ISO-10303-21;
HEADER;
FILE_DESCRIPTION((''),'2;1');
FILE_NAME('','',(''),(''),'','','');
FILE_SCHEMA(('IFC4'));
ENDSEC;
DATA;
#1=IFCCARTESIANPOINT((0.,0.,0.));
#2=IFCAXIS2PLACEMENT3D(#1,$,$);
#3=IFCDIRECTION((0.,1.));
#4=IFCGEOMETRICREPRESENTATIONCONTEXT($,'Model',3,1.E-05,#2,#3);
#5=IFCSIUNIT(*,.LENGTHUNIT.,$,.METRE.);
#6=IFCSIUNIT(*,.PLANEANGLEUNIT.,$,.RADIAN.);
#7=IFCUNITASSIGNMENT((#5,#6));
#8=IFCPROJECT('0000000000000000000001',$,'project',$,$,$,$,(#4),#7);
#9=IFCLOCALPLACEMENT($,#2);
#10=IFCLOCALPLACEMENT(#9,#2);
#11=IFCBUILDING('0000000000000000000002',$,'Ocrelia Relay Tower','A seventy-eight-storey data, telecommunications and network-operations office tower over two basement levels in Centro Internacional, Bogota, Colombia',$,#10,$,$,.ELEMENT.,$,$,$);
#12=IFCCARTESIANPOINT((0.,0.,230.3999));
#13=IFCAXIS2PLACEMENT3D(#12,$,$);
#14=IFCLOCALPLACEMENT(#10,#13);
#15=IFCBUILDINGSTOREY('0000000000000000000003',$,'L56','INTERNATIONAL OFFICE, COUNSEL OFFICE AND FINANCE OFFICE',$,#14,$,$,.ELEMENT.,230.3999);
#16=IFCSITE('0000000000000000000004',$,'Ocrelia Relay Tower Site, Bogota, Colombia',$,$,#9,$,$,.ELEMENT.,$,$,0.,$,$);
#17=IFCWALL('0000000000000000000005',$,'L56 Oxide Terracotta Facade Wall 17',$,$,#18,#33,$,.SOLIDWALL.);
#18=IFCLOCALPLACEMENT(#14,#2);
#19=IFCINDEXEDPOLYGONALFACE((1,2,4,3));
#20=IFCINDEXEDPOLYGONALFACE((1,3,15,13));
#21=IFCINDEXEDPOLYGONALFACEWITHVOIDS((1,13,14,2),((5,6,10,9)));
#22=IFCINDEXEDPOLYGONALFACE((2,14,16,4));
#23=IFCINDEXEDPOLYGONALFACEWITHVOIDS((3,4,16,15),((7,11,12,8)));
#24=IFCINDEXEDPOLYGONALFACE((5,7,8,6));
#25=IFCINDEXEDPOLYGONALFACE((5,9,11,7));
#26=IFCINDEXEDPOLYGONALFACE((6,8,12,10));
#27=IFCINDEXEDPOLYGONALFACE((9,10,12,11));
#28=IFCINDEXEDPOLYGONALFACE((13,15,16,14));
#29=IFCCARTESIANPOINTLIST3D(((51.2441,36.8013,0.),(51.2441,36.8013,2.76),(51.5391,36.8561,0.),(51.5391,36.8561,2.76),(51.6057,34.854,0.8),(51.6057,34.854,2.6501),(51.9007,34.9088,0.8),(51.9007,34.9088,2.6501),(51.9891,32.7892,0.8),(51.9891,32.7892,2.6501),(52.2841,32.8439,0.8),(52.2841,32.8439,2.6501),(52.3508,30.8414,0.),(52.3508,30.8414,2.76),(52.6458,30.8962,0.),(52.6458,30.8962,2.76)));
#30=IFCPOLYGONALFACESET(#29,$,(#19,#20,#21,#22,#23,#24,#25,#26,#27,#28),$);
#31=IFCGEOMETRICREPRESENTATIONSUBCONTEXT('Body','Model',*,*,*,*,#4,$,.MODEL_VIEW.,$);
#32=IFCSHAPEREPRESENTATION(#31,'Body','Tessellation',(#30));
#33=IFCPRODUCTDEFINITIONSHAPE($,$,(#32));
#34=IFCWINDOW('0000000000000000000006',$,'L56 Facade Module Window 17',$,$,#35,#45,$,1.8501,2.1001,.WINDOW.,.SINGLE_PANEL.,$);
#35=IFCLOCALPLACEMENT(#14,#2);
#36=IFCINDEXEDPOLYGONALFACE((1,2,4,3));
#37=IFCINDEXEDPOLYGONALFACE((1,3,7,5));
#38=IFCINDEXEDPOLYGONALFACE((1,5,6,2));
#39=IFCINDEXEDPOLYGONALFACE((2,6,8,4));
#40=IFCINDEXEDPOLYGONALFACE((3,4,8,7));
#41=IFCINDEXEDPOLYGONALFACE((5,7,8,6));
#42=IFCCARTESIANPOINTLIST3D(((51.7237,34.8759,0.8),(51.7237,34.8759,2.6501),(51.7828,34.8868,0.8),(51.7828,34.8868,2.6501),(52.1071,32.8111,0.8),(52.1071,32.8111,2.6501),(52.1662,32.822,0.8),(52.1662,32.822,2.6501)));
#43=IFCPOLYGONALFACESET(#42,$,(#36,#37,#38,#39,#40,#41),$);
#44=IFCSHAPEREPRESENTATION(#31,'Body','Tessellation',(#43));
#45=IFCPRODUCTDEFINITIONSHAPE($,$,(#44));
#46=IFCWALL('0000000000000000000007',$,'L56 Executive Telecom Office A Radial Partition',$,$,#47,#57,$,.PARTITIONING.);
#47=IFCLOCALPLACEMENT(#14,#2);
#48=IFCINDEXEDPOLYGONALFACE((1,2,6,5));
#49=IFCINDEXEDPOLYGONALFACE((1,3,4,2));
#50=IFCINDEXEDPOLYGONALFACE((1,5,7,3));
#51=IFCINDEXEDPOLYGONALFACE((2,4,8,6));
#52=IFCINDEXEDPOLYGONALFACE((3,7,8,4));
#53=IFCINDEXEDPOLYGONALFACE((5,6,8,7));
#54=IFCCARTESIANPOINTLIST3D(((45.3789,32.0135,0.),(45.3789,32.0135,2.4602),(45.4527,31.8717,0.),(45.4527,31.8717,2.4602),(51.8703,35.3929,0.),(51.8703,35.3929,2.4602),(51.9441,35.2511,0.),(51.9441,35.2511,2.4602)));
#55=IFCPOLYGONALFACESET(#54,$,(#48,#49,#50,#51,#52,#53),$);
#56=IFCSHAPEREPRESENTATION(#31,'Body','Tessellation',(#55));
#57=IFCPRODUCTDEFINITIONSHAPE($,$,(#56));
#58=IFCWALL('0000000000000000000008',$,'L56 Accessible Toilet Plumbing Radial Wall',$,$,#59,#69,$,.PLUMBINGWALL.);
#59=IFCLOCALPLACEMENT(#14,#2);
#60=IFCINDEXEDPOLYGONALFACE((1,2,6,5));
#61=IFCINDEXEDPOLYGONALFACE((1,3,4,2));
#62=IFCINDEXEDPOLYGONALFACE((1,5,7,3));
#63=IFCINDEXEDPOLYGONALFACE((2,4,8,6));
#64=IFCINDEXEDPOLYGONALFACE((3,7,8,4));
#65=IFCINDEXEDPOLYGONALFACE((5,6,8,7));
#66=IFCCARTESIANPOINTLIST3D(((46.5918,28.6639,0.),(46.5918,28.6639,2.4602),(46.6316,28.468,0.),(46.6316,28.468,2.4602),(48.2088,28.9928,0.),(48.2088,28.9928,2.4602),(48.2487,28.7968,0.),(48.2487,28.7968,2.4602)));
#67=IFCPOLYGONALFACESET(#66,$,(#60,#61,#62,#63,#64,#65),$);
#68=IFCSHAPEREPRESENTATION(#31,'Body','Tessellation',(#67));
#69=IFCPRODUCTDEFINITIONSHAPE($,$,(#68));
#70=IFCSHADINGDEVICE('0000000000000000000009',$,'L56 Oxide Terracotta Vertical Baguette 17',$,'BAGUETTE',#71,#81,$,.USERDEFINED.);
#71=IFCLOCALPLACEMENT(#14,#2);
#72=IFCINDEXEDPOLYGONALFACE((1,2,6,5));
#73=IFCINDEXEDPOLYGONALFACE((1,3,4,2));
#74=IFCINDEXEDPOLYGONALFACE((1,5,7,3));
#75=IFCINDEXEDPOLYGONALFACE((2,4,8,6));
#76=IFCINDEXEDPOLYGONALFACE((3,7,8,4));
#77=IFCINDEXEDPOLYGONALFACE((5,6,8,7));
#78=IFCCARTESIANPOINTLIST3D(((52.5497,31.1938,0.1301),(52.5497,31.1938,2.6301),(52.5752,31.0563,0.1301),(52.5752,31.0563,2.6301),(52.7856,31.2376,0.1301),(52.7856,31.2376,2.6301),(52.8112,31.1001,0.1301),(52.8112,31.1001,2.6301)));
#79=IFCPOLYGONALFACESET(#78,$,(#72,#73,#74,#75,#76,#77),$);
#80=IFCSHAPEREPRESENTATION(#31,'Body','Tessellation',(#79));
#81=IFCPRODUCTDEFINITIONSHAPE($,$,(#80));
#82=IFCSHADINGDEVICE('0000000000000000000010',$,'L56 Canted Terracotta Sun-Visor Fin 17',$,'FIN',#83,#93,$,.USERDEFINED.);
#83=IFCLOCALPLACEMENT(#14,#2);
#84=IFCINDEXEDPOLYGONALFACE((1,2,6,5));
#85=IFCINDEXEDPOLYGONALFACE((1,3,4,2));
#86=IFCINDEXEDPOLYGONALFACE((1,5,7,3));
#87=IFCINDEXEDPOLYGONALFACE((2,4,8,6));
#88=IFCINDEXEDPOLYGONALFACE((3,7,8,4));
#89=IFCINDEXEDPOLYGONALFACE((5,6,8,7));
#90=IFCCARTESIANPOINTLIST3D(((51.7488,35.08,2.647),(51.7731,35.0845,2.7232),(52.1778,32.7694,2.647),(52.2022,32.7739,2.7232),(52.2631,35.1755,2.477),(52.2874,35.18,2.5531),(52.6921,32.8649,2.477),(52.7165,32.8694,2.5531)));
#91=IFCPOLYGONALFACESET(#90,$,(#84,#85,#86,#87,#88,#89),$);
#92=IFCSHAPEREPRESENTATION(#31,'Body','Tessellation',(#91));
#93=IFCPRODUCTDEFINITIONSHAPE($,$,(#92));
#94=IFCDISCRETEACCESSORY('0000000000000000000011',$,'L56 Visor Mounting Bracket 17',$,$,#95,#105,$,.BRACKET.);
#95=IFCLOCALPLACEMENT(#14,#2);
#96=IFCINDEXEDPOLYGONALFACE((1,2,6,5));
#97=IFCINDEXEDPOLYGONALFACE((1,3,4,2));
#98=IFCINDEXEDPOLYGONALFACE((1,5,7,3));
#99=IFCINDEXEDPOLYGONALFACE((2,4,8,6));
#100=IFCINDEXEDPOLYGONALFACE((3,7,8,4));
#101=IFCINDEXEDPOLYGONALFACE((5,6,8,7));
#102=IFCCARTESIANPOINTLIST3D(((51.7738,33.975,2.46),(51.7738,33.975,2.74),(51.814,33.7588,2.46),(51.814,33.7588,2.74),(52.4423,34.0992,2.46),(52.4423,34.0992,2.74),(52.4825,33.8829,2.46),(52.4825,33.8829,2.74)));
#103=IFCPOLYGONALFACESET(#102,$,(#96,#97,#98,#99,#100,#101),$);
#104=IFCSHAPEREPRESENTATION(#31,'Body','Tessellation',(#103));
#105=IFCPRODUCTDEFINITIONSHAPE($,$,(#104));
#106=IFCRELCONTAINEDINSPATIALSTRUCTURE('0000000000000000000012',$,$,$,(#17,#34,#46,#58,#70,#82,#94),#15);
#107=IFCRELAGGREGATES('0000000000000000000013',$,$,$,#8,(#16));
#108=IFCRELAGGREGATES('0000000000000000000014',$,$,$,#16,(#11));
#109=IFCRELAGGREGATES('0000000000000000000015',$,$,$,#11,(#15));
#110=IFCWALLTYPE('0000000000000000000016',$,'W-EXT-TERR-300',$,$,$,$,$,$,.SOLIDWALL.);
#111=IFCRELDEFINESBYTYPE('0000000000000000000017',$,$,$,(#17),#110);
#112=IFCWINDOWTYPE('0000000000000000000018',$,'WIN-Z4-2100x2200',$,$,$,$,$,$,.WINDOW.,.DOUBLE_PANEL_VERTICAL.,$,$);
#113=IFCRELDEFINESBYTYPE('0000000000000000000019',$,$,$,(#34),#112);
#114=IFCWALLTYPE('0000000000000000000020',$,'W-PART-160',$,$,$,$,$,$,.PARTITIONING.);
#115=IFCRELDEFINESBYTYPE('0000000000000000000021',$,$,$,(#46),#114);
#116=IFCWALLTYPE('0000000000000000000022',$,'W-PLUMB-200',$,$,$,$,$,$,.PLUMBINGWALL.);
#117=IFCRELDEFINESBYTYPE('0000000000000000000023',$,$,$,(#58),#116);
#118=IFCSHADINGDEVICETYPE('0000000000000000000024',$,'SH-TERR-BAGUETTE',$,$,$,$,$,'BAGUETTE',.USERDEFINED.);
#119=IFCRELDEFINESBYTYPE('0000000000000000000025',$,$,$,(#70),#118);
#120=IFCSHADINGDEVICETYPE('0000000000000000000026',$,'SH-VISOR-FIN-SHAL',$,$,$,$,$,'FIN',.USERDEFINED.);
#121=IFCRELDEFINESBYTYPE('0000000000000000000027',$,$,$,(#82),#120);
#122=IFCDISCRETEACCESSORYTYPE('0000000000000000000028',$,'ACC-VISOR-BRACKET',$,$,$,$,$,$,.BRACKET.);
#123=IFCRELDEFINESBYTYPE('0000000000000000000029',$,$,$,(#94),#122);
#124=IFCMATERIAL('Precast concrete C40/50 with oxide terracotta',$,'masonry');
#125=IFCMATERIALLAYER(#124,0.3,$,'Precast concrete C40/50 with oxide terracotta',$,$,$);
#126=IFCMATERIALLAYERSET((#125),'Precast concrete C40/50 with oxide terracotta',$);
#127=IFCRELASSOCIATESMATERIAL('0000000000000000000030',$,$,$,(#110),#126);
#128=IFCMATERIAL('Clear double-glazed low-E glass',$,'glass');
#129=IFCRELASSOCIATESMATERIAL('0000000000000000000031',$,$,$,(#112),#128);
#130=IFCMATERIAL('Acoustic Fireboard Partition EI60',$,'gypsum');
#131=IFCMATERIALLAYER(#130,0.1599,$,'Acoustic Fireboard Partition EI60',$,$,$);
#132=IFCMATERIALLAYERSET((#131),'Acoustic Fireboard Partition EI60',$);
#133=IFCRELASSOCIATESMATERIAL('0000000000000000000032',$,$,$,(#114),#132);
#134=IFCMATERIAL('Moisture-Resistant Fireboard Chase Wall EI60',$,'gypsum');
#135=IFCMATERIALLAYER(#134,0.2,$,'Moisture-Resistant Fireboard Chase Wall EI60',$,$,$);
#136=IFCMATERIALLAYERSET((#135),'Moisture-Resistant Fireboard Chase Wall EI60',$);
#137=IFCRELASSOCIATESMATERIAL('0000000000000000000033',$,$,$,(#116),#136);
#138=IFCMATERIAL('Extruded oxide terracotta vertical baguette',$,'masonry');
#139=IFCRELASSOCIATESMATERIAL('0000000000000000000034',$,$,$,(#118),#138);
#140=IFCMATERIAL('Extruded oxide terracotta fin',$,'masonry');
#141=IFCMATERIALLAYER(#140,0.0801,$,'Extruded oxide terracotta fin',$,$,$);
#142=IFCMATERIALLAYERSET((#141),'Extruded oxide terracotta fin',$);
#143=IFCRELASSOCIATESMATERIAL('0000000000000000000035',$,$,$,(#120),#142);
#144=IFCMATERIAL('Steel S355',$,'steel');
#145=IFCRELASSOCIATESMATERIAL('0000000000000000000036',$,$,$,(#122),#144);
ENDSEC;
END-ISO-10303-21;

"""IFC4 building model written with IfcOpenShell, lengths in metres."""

from ifc_helpers import new_model, si_unit, direction, frame, frame_2d, origin, origin_2d, place, context, subcontext, project, spatial, rectangle, extrude, material, layer, layer_set, type_object, element, fill, save


model = new_model("IFC4")

# Units and contexts
model_context = context("Model", 3, precision=1e-05, world=origin(), true_north=direction((0.0, 1.0)))
body_context = subcontext(model_context, "Body", "Model", "MODEL_VIEW")
ifc_project = project(units=[si_unit("LENGTHUNIT", "METRE"), si_unit("PLANEANGLEUNIT", "RADIAN")], contexts=[model_context])

# Site, building, storey
site_placement = place(None, origin())
site = spatial("IfcSite", under=ifc_project, at=site_placement, Name="Ocrelia Relay Tower Site, Bogota, Colombia", CompositionType="ELEMENT", RefElevation=0.0)
building_placement = place(site_placement, origin())
building = spatial("IfcBuilding", under=site, at=building_placement, Name="Ocrelia Relay Tower", Description="A seventy-eight-storey data, telecommunications and network-operations office tower over two basement levels in Centro Internacional, Bogota, Colombia", CompositionType="ELEMENT")
storey_placement = place(building_placement, frame((0.0, 0.0, 230.3999)))
storey = spatial("IfcBuildingStorey", under=building, at=storey_placement, Name="L56", Description="INTERNATIONAL OFFICE, COUNSEL OFFICE AND FINANCE OFFICE", CompositionType="ELEMENT", Elevation=230.3999)

# Shared definitions
ifc_material_1 = material(Name="Steel S355", Category="steel")

# Wall, opening, window
ifc_material_2 = material(Name="Precast concrete C40/50 with oxide terracotta", Category="masonry")
ifc_layer_1 = layer(ifc_material_2, 0.3, Name="Precast concrete C40/50 with oxide terracotta")
ifc_layer_set_1 = layer_set([ifc_layer_1], Name="Precast concrete C40/50 with oxide terracotta")
wall_type_1 = type_object("IfcWallType", Name="W-EXT-TERR-300", PredefinedType="SOLIDWALL", material=ifc_layer_set_1)
wall_1_placement = place(storey_placement, frame((52.4983, 30.8689, 0.0), z_axis=(0.0, 0.0, 1.0), x_axis=(-0.182567, 0.983193, 0.0)))
wall_1 = element("IfcWall", 1, at=wall_1_placement, inside=storey, type_object=wall_type_1, Name="L56 Oxide Terracotta Facade Wall 17", PredefinedType="SOLIDWALL", context=body_context, shape_type="SweptSolid", body=[
    extrude(rectangle(XDim=6.0618, YDim=0.3, at=frame_2d((3.0308, 0.0))), origin(), (0.0, 0.0, 1.0), 2.76),
])
opening_1_placement = place(wall_1_placement, frame((1.981, 0.0, 0.8)))
opening_1 = element("IfcOpeningElement", 2, at=opening_1_placement, cuts=wall_1, PredefinedType="OPENING", context=body_context, shape_type="SweptSolid", body=[
    extrude(rectangle(XDim=2.1001, YDim=1.8501, at=frame_2d((1.05, 0.925))), frame((0.0, 0.1602, 0.0), z_axis=(0.0, -1.0, 0.0), x_axis=(1.0, 0.0, 0.0)), (0.0, 0.0, 1.0), 0.3201),
])
ifc_material_3 = material(Name="Clear double-glazed low-E glass", Category="glass")
window_type = type_object("IfcWindowType", Name="WIN-Z4-2100x2200", PartitioningType="DOUBLE_PANEL_VERTICAL", PredefinedType="WINDOW", material=ifc_material_3)
window_placement = place(opening_1_placement, origin())
window = element("IfcWindow", 3, at=window_placement, inside=storey, type_object=window_type, Name="L56 Facade Module Window 17", OverallHeight=1.8501, OverallWidth=2.1001, PartitioningType="SINGLE_PANEL", PredefinedType="WINDOW", context=body_context, shape_type="SweptSolid", body=[
    extrude(rectangle(XDim=2.1001, YDim=1.8501, at=frame_2d((1.05, 0.925))), frame((0.0, 0.03, 0.0), z_axis=(0.0, -1.0, 0.0), x_axis=(1.0, 0.0, 0.0)), (0.0, 0.0, 1.0), 0.0601),
])
fill(opening_1, window)

# Wall
ifc_material_4 = material(Name="Acoustic Fireboard Partition EI60", Category="gypsum")
ifc_layer_2 = layer(ifc_material_4, 0.1599, Name="Acoustic Fireboard Partition EI60")
ifc_layer_set_2 = layer_set([ifc_layer_2], Name="Acoustic Fireboard Partition EI60")
wall_type_2 = type_object("IfcWallType", Name="W-PART-160", PredefinedType="PARTITIONING", material=ifc_layer_set_2)
wall_2_placement = place(storey_placement, frame((45.4158, 31.9426, 0.0), z_axis=(0.0, 0.0, 1.0), x_axis=(0.887002, 0.461765, 0.0)))
element("IfcWall", 4, at=wall_2_placement, inside=storey, type_object=wall_type_2, Name="L56 Executive Telecom Office A Radial Partition", PredefinedType="PARTITIONING", context=body_context, shape_type="SweptSolid", body=[
    extrude(rectangle(XDim=7.3184, YDim=0.1599, at=frame_2d((3.6592, 0.0))), origin(), (0.0, 0.0, 1.0), 2.4602),
])

# Wall
ifc_material_5 = material(Name="Moisture-Resistant Fireboard Chase Wall EI60", Category="gypsum")
ifc_layer_3 = layer(ifc_material_5, 0.2, Name="Moisture-Resistant Fireboard Chase Wall EI60")
ifc_layer_set_3 = layer_set([ifc_layer_3], Name="Moisture-Resistant Fireboard Chase Wall EI60")
wall_type_3 = type_object("IfcWallType", Name="W-PLUMB-200", PredefinedType="PLUMBINGWALL", material=ifc_layer_set_3)
wall_3_placement = place(storey_placement, frame((46.6116, 28.5659, 0.0), z_axis=(0.0, 0.0, 1.0), x_axis=(0.979938, 0.199302, 0.0)))
element("IfcWall", 5, at=wall_3_placement, inside=storey, type_object=wall_type_3, Name="L56 Accessible Toilet Plumbing Radial Wall", PredefinedType="PLUMBINGWALL", context=body_context, shape_type="SweptSolid", body=[
    extrude(rectangle(XDim=1.6501, YDim=0.2, at=frame_2d((0.8252, 0.0))), origin(), (0.0, 0.0, 1.0), 2.4602),
])

# Shading devices
ifc_material_6 = material(Name="Extruded oxide terracotta vertical baguette", Category="masonry")
shading_device_type_1 = type_object("IfcShadingDeviceType", Name="SH-TERR-BAGUETTE", ElementType="BAGUETTE", PredefinedType="USERDEFINED", material=ifc_material_6)
shading_device_1_placement = place(storey_placement, frame((52.6804, 31.147, 0.1301), z_axis=(0.0, 0.0, 1.0), x_axis=(-0.182551, 0.983196, 0.0)))
element("IfcShadingDevice", 6, at=shading_device_1_placement, inside=storey, type_object=shading_device_type_1, Name="L56 Oxide Terracotta Vertical Baguette 17", ObjectType="BAGUETTE", PredefinedType="USERDEFINED", context=body_context, shape_type="SweptSolid", body=[
    extrude(rectangle(XDim=0.1399, YDim=0.24, at=origin_2d()), origin(), (0.0, 0.0, 1.0), 2.5),
])
ifc_material_7 = material(Name="Extruded oxide terracotta fin", Category="masonry")
ifc_layer_4 = layer(ifc_material_7, 0.0801, Name="Extruded oxide terracotta fin")
ifc_layer_set_4 = layer_set([ifc_layer_4], Name="Extruded oxide terracotta fin")
shading_device_type_2 = type_object("IfcShadingDeviceType", Name="SH-VISOR-FIN-SHAL", ElementType="FIN", PredefinedType="USERDEFINED", material=ifc_layer_set_4)
shading_device_2_placement = place(storey_placement, frame((52.2205, 33.9724, 2.562), z_axis=(0.303988, 0.056442, 0.951003), x_axis=(-0.182551, 0.983196, 0.0)))
element("IfcShadingDevice", 7, at=shading_device_2_placement, inside=storey, type_object=shading_device_type_2, Name="L56 Canted Terracotta Sun-Visor Fin 17", ObjectType="FIN", PredefinedType="USERDEFINED", context=body_context, shape_type="SweptSolid", body=[
    extrude(rectangle(XDim=2.3501, YDim=0.55, at=origin_2d()), origin(), (0.0, 0.0, 1.0), 0.0801),
])

# Discrete accessory
discrete_accessory_type = type_object("IfcDiscreteAccessoryType", Name="ACC-VISOR-BRACKET", PredefinedType="BRACKET", material=ifc_material_1)
discrete_accessory_placement = place(storey_placement, frame((52.1282, 33.929, 2.46), z_axis=(0.0, 0.0, 1.0), x_axis=(-0.182551, 0.983196, 0.0)))
element("IfcDiscreteAccessory", 8, at=discrete_accessory_placement, inside=storey, type_object=discrete_accessory_type, Name="L56 Visor Mounting Bracket 17", PredefinedType="BRACKET", context=body_context, shape_type="SweptSolid", body=[
    extrude(rectangle(XDim=0.22, YDim=0.6799, at=origin_2d()), origin(), (0.0, 0.0, 1.0), 0.28),
])

save(model, "model.ifc")
